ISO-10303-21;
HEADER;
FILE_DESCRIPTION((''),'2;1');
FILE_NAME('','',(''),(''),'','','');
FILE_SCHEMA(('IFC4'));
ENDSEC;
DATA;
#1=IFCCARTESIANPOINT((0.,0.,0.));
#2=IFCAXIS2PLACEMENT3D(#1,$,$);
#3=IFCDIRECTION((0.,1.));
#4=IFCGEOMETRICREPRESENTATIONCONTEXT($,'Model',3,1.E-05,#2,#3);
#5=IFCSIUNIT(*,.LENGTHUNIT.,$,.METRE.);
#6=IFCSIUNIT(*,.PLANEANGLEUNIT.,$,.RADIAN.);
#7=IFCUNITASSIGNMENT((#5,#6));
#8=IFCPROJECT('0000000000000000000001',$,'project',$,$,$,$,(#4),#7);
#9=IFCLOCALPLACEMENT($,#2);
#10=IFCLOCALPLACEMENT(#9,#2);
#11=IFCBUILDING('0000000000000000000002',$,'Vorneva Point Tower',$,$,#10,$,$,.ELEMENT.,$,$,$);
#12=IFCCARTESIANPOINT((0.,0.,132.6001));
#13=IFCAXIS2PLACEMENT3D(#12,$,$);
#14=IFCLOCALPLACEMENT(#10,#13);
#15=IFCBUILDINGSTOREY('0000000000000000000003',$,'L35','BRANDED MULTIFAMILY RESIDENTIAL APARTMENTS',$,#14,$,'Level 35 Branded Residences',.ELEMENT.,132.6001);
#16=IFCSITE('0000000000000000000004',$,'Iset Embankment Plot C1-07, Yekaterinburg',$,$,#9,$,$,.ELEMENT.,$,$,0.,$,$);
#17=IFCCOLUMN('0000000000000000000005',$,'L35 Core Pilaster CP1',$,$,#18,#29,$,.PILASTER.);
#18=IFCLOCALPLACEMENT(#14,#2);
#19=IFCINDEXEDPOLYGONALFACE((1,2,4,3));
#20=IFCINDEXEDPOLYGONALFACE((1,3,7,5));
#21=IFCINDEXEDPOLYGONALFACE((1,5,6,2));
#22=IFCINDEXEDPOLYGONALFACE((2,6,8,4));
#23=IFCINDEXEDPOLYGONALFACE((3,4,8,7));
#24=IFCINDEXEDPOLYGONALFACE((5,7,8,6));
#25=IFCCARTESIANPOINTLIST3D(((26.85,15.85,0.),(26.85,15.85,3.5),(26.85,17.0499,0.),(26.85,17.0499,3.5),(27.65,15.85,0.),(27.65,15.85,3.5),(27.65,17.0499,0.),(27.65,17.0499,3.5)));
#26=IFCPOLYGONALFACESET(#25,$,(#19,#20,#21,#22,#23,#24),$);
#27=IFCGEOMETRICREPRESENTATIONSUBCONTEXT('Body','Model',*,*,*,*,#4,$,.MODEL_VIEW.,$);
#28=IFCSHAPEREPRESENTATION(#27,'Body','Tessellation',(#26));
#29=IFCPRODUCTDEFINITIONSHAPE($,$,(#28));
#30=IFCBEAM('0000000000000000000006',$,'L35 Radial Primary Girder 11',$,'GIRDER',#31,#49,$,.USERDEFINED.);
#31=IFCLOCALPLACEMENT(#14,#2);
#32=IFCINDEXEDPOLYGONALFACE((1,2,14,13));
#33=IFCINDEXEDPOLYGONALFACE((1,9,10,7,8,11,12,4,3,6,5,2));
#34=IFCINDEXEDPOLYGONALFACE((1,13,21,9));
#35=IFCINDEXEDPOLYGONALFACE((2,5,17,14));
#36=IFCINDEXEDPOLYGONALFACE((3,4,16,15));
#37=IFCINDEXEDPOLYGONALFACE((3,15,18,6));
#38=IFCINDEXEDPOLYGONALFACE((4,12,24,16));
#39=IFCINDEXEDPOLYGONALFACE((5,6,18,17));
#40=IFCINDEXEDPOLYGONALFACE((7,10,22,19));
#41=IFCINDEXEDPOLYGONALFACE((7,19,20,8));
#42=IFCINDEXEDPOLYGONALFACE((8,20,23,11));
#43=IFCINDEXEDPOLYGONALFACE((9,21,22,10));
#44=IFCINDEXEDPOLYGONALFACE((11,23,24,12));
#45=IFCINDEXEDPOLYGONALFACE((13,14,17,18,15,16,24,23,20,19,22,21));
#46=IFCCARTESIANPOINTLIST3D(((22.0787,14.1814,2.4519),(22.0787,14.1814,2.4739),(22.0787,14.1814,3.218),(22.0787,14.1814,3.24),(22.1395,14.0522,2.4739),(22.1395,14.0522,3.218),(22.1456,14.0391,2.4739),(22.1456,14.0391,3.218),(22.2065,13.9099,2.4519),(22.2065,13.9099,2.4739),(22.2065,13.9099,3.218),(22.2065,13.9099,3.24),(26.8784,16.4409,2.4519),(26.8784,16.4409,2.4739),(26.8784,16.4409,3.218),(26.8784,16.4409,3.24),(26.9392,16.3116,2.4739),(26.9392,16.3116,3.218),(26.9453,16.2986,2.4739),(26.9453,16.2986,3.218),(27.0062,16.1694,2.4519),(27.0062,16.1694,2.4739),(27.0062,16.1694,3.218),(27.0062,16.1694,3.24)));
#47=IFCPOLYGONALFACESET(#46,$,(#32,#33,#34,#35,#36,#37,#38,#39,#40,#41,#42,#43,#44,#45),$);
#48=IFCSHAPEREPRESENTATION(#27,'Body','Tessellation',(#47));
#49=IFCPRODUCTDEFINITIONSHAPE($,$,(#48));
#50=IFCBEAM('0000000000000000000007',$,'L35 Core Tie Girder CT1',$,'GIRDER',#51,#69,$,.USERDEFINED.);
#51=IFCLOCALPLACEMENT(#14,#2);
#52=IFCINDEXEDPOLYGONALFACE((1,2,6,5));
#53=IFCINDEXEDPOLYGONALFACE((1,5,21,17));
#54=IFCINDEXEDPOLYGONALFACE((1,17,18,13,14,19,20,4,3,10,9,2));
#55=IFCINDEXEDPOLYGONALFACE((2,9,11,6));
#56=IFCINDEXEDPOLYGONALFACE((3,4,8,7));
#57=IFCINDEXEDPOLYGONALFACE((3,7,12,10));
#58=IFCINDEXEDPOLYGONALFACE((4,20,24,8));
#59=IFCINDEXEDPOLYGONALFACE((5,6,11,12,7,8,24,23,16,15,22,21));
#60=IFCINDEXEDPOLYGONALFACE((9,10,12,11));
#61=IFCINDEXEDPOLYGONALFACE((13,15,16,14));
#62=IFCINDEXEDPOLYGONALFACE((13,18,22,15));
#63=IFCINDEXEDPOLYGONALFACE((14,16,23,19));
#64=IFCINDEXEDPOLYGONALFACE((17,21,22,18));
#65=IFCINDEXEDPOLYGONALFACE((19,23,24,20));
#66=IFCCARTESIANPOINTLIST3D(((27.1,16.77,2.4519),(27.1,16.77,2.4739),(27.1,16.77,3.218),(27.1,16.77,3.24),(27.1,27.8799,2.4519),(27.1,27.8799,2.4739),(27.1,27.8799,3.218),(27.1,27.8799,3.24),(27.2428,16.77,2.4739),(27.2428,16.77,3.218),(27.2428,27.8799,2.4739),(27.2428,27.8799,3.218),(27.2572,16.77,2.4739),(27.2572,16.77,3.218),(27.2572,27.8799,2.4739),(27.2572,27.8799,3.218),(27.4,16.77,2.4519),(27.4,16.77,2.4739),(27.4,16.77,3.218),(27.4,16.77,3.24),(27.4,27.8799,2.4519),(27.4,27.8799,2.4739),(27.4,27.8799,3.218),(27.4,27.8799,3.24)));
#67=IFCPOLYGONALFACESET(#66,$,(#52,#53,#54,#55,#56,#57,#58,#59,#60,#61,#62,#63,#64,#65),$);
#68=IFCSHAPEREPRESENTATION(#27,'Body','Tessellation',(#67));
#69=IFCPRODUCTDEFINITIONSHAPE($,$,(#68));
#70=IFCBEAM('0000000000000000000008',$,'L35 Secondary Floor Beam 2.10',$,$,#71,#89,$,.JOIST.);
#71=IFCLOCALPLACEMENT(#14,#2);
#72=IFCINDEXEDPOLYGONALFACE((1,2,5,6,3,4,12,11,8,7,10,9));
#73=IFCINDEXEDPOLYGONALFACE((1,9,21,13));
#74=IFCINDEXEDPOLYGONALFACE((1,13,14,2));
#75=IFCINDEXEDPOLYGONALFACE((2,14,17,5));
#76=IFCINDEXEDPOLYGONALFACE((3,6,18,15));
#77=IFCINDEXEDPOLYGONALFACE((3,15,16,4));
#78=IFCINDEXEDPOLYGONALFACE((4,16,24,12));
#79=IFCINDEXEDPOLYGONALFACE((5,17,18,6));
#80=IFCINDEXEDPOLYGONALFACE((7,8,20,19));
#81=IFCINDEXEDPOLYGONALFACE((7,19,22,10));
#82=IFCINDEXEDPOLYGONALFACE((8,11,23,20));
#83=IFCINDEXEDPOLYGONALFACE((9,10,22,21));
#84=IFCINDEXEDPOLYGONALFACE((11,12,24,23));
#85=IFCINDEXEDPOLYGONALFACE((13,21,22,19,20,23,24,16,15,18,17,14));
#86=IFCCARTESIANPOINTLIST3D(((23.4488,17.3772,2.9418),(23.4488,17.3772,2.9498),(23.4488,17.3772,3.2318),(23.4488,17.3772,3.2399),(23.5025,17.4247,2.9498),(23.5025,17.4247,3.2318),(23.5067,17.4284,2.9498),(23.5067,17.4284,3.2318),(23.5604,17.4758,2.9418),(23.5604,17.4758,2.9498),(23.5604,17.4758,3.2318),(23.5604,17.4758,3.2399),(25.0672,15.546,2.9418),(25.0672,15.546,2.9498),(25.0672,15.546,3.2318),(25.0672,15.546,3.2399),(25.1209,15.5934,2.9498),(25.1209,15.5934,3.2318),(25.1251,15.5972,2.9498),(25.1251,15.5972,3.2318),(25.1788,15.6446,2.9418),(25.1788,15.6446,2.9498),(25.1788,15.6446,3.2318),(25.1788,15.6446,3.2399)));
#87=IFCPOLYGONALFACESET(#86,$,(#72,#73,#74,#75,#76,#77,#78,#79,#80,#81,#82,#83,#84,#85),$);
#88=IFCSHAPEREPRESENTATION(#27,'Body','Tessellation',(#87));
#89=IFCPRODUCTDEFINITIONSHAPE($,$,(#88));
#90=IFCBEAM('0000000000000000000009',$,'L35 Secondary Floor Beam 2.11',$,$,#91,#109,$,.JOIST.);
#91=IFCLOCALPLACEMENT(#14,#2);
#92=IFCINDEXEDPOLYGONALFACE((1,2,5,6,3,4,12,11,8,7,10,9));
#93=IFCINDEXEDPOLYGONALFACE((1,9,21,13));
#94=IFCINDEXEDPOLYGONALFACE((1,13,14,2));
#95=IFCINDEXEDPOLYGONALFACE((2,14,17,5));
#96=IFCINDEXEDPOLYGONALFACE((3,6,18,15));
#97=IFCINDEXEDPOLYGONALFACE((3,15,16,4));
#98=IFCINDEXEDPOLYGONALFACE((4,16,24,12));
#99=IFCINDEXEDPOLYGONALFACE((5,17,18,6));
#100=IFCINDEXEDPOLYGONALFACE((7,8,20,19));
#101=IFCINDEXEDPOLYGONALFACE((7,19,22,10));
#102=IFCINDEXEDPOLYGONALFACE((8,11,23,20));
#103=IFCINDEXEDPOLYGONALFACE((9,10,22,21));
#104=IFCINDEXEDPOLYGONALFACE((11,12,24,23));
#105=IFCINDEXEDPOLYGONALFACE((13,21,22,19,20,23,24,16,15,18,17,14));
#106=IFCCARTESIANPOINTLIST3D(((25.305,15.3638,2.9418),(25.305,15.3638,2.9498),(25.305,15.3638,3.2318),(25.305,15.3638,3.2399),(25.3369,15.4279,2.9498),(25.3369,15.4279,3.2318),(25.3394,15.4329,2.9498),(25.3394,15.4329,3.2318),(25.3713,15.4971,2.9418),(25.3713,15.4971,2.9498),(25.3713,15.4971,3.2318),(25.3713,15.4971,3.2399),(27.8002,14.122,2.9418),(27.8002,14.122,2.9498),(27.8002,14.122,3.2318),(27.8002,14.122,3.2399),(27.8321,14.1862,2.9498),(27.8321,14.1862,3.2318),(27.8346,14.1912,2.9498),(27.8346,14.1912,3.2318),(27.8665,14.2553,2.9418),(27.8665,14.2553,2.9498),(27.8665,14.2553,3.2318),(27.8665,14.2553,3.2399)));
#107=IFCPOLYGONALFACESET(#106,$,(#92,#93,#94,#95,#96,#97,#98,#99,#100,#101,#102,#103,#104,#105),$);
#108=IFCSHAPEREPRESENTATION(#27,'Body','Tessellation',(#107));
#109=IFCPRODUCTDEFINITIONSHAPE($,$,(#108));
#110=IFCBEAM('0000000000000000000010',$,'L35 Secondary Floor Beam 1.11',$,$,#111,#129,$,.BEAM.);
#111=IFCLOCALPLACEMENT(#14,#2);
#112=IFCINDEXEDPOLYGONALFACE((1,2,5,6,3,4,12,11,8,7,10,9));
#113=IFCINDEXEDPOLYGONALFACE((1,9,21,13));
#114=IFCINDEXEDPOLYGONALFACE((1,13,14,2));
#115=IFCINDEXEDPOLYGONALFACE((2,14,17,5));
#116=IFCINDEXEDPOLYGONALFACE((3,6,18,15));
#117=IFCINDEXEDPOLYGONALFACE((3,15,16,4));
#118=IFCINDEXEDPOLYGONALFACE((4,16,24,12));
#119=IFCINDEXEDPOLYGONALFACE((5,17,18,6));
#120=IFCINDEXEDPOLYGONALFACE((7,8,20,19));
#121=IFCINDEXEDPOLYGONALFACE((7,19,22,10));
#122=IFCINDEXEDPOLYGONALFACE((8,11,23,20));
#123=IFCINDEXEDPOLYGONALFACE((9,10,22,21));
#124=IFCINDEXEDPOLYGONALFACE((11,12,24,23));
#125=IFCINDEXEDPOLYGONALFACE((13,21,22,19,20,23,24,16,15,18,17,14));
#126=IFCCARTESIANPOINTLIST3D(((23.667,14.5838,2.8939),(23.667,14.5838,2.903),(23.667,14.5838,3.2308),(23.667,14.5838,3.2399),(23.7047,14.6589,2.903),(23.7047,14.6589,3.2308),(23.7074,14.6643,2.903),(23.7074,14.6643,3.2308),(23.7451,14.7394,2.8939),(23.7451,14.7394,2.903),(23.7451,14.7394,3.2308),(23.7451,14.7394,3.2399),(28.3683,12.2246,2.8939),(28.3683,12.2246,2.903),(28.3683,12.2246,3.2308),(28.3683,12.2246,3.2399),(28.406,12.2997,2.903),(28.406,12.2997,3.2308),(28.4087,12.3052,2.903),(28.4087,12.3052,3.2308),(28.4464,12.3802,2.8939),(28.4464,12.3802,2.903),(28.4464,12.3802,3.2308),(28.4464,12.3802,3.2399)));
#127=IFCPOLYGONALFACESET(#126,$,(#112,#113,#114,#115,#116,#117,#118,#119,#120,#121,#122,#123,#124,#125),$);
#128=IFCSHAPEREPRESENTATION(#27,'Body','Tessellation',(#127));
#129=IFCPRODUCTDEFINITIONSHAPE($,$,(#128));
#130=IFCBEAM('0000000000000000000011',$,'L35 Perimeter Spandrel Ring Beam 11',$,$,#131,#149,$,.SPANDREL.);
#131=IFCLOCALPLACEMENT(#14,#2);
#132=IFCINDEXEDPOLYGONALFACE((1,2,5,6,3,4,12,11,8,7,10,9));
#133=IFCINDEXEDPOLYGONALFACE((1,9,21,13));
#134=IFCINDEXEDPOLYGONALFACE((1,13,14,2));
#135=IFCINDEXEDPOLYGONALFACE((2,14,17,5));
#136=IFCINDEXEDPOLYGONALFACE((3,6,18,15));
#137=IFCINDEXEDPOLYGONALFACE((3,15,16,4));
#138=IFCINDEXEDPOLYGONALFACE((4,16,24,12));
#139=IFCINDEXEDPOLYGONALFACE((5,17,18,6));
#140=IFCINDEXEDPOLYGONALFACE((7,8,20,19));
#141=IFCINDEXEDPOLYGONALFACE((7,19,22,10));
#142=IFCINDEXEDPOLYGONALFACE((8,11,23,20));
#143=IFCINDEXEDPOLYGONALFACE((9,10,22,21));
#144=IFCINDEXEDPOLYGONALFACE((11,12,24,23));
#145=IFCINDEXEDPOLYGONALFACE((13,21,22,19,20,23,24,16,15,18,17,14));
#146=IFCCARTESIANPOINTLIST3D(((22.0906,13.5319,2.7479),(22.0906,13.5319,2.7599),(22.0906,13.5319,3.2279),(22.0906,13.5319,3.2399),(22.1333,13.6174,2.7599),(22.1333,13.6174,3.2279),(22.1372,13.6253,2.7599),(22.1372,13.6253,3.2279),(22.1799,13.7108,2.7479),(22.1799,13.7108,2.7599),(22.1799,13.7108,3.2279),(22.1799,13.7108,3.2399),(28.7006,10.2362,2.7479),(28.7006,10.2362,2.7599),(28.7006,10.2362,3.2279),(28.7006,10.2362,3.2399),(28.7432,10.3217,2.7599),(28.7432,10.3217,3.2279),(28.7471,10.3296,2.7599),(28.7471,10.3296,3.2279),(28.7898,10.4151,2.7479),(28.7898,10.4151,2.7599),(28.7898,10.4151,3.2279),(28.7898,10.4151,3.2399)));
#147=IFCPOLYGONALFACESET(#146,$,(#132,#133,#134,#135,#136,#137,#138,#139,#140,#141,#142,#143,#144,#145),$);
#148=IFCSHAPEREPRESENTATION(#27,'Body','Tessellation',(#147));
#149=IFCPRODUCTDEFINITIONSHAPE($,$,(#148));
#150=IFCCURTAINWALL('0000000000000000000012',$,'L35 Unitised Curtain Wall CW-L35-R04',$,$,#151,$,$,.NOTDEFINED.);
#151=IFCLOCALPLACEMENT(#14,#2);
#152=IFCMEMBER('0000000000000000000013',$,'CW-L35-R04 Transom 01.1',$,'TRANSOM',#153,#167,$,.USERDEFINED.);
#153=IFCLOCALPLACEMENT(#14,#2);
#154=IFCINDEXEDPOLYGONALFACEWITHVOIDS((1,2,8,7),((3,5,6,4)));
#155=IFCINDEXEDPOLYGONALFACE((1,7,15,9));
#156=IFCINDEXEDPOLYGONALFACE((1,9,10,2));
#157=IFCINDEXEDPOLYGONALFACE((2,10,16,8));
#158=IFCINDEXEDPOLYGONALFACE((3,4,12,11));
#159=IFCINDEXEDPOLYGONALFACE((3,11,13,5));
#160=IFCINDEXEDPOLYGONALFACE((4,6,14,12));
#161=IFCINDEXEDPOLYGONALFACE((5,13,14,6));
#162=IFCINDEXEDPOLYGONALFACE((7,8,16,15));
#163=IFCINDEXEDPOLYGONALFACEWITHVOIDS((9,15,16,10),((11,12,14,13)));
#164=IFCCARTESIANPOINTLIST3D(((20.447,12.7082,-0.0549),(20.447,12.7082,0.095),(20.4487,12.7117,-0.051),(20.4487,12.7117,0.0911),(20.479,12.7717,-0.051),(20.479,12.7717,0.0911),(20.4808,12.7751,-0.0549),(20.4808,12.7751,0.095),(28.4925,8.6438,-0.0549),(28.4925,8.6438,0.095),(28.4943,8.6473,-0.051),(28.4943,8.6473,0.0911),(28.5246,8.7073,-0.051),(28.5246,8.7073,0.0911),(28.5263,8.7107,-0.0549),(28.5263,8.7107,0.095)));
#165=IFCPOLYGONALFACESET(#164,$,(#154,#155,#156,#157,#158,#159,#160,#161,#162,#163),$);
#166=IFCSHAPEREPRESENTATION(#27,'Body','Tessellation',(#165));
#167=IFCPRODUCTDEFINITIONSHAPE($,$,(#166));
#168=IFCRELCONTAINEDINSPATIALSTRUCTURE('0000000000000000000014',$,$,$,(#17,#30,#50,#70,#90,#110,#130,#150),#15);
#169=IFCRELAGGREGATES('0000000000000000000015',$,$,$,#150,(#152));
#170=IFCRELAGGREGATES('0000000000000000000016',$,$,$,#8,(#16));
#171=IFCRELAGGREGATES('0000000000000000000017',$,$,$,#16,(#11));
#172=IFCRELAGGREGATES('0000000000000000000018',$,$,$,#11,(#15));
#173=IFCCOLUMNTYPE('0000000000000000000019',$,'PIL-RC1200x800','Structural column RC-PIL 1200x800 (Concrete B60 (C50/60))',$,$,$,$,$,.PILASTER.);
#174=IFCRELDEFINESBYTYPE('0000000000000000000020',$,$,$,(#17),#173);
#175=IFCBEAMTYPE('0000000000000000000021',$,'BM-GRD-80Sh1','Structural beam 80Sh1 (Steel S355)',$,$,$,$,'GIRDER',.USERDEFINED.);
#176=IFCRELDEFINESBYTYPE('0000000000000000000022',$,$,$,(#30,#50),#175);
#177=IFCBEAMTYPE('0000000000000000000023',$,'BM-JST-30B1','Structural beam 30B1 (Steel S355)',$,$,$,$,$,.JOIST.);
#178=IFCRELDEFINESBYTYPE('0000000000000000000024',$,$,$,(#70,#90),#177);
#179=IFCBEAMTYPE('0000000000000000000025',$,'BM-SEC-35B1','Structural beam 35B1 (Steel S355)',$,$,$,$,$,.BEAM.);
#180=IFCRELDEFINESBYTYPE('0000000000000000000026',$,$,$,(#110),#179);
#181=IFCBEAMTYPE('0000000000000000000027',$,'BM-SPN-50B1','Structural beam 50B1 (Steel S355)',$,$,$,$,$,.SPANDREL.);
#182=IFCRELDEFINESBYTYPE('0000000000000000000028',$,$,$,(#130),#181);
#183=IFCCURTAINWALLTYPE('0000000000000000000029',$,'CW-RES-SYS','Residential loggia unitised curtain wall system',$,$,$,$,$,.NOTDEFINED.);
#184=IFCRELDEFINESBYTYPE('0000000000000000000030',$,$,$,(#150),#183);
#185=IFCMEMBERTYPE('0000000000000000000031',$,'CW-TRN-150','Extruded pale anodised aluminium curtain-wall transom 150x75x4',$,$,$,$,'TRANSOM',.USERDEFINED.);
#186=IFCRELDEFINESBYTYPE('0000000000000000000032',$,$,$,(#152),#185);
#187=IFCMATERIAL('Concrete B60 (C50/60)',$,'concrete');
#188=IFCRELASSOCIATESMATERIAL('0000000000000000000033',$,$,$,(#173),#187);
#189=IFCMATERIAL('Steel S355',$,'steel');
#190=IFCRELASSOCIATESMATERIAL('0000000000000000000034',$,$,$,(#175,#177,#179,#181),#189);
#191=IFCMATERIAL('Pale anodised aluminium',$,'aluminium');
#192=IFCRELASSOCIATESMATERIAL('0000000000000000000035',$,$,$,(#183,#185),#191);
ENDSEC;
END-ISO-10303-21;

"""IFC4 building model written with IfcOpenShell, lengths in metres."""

from ifc_helpers import new_model, si_unit, direction, frame, origin, origin_2d, place, context, subcontext, project, spatial, rectangle, hollow_rectangle, i_section, extrude, material, material_profile, profile_set, type_object, element, aggregate, save


model = new_model("IFC4")

# Units and contexts
model_context = context("Model", 3, precision=1e-05, world=origin(), true_north=direction((0.0, 1.0)))
body_context = subcontext(model_context, "Body", "Model", "MODEL_VIEW")
ifc_project = project(units=[si_unit("LENGTHUNIT", "METRE"), si_unit("PLANEANGLEUNIT", "RADIAN")], contexts=[model_context])

# Site, building, storey
site_placement = place(None, origin())
site = spatial("IfcSite", under=ifc_project, at=site_placement, Name="Iset Embankment Plot C1-07, Yekaterinburg", CompositionType="ELEMENT", RefElevation=0.0)
building_placement = place(site_placement, origin())
building = spatial("IfcBuilding", under=site, at=building_placement, Name="Vorneva Point Tower", CompositionType="ELEMENT")
storey_placement = place(building_placement, frame((0.0, 0.0, 132.6001)))
storey = spatial("IfcBuildingStorey", under=building, at=storey_placement, Name="L35", Description="BRANDED MULTIFAMILY RESIDENTIAL APARTMENTS", LongName="Level 35 Branded Residences", CompositionType="ELEMENT", Elevation=132.6001)

# Column
ifc_material_1 = material(Name="Concrete B60 (C50/60)", Category="concrete")
ifc_material_profile_1 = material_profile(ifc_material_1, rectangle(XDim=0.8, YDim=1.2, at=origin_2d()), Name="RC-PIL 1200x800")
ifc_profile_set_1 = profile_set([ifc_material_profile_1], Name="Concrete B60 (C50/60)")
column_type_1 = type_object("IfcColumnType", Name="PIL-RC1200x800", Description="Structural column RC-PIL 1200x800 (Concrete B60 (C50/60))", PredefinedType="PILASTER", material=ifc_profile_set_1)
column_1_placement = place(storey_placement, frame((27.25, 16.45, 0.0), z_axis=(0.0, 0.0, 1.0), x_axis=(1.0, 0.0, 0.0)))
element("IfcColumn", 1, at=column_1_placement, inside=storey, type_object=column_type_1, Name="L35 Core Pilaster CP1", PredefinedType="PILASTER", context=body_context, shape_type="SweptSolid", body=[
    extrude(rectangle(XDim=0.8, YDim=1.2, at=origin_2d()), origin(), (0.0, 0.0, 1.0), 3.5),
])

# Beams
ifc_material_2 = material(Name="Steel S355", Category="steel")
ifc_material_profile_2 = material_profile(ifc_material_2, i_section(OverallWidth=0.3, OverallDepth=0.7881, WebThickness=0.0144, FlangeThickness=0.022, at=origin_2d()), Name="80Sh1")
ifc_profile_set_2 = profile_set([ifc_material_profile_2], Name="Steel S355")
beam_type_1 = type_object("IfcBeamType", Name="BM-GRD-80Sh1", Description="Structural beam 80Sh1 (Steel S355)", ElementType="GIRDER", PredefinedType="USERDEFINED", material=ifc_profile_set_2)
beam_1_placement = place(storey_placement, frame((22.1426, 14.0457, 2.8459), z_axis=(0.904761, 0.425919, 0.0), x_axis=(-0.425919, 0.904761, 0.0)))
element("IfcBeam", 2, at=beam_1_placement, inside=storey, type_object=beam_type_1, Name="L35 Radial Primary Girder 11", ObjectType="GIRDER", PredefinedType="USERDEFINED", context=body_context, shape_type="SweptSolid", body=[
    extrude(i_section(OverallWidth=0.3, OverallDepth=0.7881, WebThickness=0.0144, FlangeThickness=0.022, at=origin_2d()), origin(), (0.0, 0.0, 1.0), 5.3049),
])
beam_2_placement = place(storey_placement, frame((27.25, 16.77, 2.8459), z_axis=(0.0, 1.0, 0.0), x_axis=(-1.0, 0.0, 0.0)))
element("IfcBeam", 3, at=beam_2_placement, inside=storey, type_object=beam_type_1, Name="L35 Core Tie Girder CT1", ObjectType="GIRDER", PredefinedType="USERDEFINED", context=body_context, shape_type="SweptSolid", body=[
    extrude(i_section(OverallWidth=0.3, OverallDepth=0.7881, WebThickness=0.0144, FlangeThickness=0.022, at=origin_2d()), origin(), (0.0, 0.0, 1.0), 11.1099),
])
ifc_material_profile_3 = material_profile(ifc_material_2, i_section(OverallWidth=0.1489, OverallDepth=0.2981, WebThickness=0.0056, FlangeThickness=0.0081, at=origin_2d()), Name="30B1")
ifc_profile_set_3 = profile_set([ifc_material_profile_3], Name="Steel S355")
beam_type_2 = type_object("IfcBeamType", Name="BM-JST-30B1", Description="Structural beam 30B1 (Steel S355)", PredefinedType="JOIST", material=ifc_profile_set_3)
beam_3_placement = place(storey_placement, frame((23.5046, 17.4265, 3.0908), z_axis=(0.66221, -0.749319, 0.0), x_axis=(0.749319, 0.66221, 0.0)))
element("IfcBeam", 4, at=beam_3_placement, inside=storey, type_object=beam_type_2, Name="L35 Secondary Floor Beam 2.10", PredefinedType="JOIST", context=body_context, shape_type="SweptSolid", body=[
    extrude(i_section(OverallWidth=0.1489, OverallDepth=0.2981, WebThickness=0.0056, FlangeThickness=0.0081, at=origin_2d()), origin(), (0.0, 0.0, 1.0), 2.4438),
])
beam_4_placement = place(storey_placement, frame((25.3381, 15.4304, 3.0908), z_axis=(0.895267, -0.445531, 0.0), x_axis=(0.445531, 0.895267, 0.0)))
element("IfcBeam", 5, at=beam_4_placement, inside=storey, type_object=beam_type_2, Name="L35 Secondary Floor Beam 2.11", PredefinedType="JOIST", context=body_context, shape_type="SweptSolid", body=[
    extrude(i_section(OverallWidth=0.1489, OverallDepth=0.2981, WebThickness=0.0056, FlangeThickness=0.0081, at=origin_2d()), origin(), (0.0, 0.0, 1.0), 2.7871),
])
ifc_material_profile_4 = material_profile(ifc_material_2, i_section(OverallWidth=0.1741, OverallDepth=0.3459, WebThickness=0.0061, FlangeThickness=0.009, at=origin_2d()), Name="35B1")
ifc_profile_set_4 = profile_set([ifc_material_profile_4], Name="Steel S355")
beam_type_3 = type_object("IfcBeamType", Name="BM-SEC-35B1", Description="Structural beam 35B1 (Steel S355)", PredefinedType="BEAM", material=ifc_profile_set_4)
beam_5_placement = place(storey_placement, frame((23.7061, 14.6616, 3.0669), z_axis=(0.893776, -0.448513, 0.0), x_axis=(0.448513, 0.893776, 0.0)))
element("IfcBeam", 6, at=beam_5_placement, inside=storey, type_object=beam_type_3, Name="L35 Secondary Floor Beam 1.11", PredefinedType="BEAM", context=body_context, shape_type="SweptSolid", body=[
    extrude(i_section(OverallWidth=0.1741, OverallDepth=0.3459, WebThickness=0.0061, FlangeThickness=0.009, at=origin_2d()), origin(), (0.0, 0.0, 1.0), 5.26),
])
ifc_material_profile_5 = material_profile(ifc_material_2, i_section(OverallWidth=0.2, OverallDepth=0.4919, WebThickness=0.0088, FlangeThickness=0.012, at=origin_2d()), Name="50B1")
ifc_profile_set_5 = profile_set([ifc_material_profile_5], Name="Steel S355")
beam_type_4 = type_object("IfcBeamType", Name="BM-SPN-50B1", Description="Structural beam 50B1 (Steel S355)", PredefinedType="SPANDREL", material=ifc_profile_set_5)
beam_6_placement = place(storey_placement, frame((22.1353, 13.6213, 2.9939), z_axis=(0.894929, -0.446208, 0.0), x_axis=(0.446208, 0.894929, 0.0)))
element("IfcBeam", 7, at=beam_6_placement, inside=storey, type_object=beam_type_4, Name="L35 Perimeter Spandrel Ring Beam 11", PredefinedType="SPANDREL", context=body_context, shape_type="SweptSolid", body=[
    extrude(i_section(OverallWidth=0.2, OverallDepth=0.4919, WebThickness=0.0088, FlangeThickness=0.012, at=origin_2d()), origin(), (0.0, 0.0, 1.0), 7.386),
])

# Curtain wall, member
ifc_material_3 = material(Name="Pale anodised aluminium", Category="aluminium")
curtain_wall_type = type_object("IfcCurtainWallType", Name="CW-RES-SYS", Description="Residential loggia unitised curtain wall system", PredefinedType="NOTDEFINED", material=ifc_material_3)
curtain_wall_placement = place(storey_placement, origin())
curtain_wall = element("IfcCurtainWall", 8, at=curtain_wall_placement, inside=storey, type_object=curtain_wall_type, Name="L35 Unitised Curtain Wall CW-L35-R04", PredefinedType="NOTDEFINED")
ifc_material_profile_6 = material_profile(ifc_material_3, hollow_rectangle(XDim=0.075, YDim=0.1499, WallThickness=0.0039, at=origin_2d()), Name="AL-TRN 150x75x4")
ifc_profile_set_6 = profile_set([ifc_material_profile_6], Name="Pale anodised aluminium")
member_type = type_object("IfcMemberType", Name="CW-TRN-150", Description="Extruded pale anodised aluminium curtain-wall transom 150x75x4", ElementType="TRANSOM", PredefinedType="USERDEFINED", material=ifc_profile_set_6)
member_1_placement = place(storey_placement, frame((20.4639, 12.7417, 0.02), z_axis=(0.892572, -0.450904, 0.0), x_axis=(0.450904, 0.892572, 0.0)))
member_1 = element("IfcMember", 9, at=member_1_placement, type_object=member_type, Name="CW-L35-R04 Transom 01.1", ObjectType="TRANSOM", PredefinedType="USERDEFINED", context=body_context, shape_type="SweptSolid", body=[
    extrude(hollow_rectangle(XDim=0.075, YDim=0.1499, WallThickness=0.0039, at=origin_2d()), origin(), (0.0, 0.0, 1.0), 9.0139),
])
aggregate(curtain_wall, [member_1])

save(model, "model.ifc")
